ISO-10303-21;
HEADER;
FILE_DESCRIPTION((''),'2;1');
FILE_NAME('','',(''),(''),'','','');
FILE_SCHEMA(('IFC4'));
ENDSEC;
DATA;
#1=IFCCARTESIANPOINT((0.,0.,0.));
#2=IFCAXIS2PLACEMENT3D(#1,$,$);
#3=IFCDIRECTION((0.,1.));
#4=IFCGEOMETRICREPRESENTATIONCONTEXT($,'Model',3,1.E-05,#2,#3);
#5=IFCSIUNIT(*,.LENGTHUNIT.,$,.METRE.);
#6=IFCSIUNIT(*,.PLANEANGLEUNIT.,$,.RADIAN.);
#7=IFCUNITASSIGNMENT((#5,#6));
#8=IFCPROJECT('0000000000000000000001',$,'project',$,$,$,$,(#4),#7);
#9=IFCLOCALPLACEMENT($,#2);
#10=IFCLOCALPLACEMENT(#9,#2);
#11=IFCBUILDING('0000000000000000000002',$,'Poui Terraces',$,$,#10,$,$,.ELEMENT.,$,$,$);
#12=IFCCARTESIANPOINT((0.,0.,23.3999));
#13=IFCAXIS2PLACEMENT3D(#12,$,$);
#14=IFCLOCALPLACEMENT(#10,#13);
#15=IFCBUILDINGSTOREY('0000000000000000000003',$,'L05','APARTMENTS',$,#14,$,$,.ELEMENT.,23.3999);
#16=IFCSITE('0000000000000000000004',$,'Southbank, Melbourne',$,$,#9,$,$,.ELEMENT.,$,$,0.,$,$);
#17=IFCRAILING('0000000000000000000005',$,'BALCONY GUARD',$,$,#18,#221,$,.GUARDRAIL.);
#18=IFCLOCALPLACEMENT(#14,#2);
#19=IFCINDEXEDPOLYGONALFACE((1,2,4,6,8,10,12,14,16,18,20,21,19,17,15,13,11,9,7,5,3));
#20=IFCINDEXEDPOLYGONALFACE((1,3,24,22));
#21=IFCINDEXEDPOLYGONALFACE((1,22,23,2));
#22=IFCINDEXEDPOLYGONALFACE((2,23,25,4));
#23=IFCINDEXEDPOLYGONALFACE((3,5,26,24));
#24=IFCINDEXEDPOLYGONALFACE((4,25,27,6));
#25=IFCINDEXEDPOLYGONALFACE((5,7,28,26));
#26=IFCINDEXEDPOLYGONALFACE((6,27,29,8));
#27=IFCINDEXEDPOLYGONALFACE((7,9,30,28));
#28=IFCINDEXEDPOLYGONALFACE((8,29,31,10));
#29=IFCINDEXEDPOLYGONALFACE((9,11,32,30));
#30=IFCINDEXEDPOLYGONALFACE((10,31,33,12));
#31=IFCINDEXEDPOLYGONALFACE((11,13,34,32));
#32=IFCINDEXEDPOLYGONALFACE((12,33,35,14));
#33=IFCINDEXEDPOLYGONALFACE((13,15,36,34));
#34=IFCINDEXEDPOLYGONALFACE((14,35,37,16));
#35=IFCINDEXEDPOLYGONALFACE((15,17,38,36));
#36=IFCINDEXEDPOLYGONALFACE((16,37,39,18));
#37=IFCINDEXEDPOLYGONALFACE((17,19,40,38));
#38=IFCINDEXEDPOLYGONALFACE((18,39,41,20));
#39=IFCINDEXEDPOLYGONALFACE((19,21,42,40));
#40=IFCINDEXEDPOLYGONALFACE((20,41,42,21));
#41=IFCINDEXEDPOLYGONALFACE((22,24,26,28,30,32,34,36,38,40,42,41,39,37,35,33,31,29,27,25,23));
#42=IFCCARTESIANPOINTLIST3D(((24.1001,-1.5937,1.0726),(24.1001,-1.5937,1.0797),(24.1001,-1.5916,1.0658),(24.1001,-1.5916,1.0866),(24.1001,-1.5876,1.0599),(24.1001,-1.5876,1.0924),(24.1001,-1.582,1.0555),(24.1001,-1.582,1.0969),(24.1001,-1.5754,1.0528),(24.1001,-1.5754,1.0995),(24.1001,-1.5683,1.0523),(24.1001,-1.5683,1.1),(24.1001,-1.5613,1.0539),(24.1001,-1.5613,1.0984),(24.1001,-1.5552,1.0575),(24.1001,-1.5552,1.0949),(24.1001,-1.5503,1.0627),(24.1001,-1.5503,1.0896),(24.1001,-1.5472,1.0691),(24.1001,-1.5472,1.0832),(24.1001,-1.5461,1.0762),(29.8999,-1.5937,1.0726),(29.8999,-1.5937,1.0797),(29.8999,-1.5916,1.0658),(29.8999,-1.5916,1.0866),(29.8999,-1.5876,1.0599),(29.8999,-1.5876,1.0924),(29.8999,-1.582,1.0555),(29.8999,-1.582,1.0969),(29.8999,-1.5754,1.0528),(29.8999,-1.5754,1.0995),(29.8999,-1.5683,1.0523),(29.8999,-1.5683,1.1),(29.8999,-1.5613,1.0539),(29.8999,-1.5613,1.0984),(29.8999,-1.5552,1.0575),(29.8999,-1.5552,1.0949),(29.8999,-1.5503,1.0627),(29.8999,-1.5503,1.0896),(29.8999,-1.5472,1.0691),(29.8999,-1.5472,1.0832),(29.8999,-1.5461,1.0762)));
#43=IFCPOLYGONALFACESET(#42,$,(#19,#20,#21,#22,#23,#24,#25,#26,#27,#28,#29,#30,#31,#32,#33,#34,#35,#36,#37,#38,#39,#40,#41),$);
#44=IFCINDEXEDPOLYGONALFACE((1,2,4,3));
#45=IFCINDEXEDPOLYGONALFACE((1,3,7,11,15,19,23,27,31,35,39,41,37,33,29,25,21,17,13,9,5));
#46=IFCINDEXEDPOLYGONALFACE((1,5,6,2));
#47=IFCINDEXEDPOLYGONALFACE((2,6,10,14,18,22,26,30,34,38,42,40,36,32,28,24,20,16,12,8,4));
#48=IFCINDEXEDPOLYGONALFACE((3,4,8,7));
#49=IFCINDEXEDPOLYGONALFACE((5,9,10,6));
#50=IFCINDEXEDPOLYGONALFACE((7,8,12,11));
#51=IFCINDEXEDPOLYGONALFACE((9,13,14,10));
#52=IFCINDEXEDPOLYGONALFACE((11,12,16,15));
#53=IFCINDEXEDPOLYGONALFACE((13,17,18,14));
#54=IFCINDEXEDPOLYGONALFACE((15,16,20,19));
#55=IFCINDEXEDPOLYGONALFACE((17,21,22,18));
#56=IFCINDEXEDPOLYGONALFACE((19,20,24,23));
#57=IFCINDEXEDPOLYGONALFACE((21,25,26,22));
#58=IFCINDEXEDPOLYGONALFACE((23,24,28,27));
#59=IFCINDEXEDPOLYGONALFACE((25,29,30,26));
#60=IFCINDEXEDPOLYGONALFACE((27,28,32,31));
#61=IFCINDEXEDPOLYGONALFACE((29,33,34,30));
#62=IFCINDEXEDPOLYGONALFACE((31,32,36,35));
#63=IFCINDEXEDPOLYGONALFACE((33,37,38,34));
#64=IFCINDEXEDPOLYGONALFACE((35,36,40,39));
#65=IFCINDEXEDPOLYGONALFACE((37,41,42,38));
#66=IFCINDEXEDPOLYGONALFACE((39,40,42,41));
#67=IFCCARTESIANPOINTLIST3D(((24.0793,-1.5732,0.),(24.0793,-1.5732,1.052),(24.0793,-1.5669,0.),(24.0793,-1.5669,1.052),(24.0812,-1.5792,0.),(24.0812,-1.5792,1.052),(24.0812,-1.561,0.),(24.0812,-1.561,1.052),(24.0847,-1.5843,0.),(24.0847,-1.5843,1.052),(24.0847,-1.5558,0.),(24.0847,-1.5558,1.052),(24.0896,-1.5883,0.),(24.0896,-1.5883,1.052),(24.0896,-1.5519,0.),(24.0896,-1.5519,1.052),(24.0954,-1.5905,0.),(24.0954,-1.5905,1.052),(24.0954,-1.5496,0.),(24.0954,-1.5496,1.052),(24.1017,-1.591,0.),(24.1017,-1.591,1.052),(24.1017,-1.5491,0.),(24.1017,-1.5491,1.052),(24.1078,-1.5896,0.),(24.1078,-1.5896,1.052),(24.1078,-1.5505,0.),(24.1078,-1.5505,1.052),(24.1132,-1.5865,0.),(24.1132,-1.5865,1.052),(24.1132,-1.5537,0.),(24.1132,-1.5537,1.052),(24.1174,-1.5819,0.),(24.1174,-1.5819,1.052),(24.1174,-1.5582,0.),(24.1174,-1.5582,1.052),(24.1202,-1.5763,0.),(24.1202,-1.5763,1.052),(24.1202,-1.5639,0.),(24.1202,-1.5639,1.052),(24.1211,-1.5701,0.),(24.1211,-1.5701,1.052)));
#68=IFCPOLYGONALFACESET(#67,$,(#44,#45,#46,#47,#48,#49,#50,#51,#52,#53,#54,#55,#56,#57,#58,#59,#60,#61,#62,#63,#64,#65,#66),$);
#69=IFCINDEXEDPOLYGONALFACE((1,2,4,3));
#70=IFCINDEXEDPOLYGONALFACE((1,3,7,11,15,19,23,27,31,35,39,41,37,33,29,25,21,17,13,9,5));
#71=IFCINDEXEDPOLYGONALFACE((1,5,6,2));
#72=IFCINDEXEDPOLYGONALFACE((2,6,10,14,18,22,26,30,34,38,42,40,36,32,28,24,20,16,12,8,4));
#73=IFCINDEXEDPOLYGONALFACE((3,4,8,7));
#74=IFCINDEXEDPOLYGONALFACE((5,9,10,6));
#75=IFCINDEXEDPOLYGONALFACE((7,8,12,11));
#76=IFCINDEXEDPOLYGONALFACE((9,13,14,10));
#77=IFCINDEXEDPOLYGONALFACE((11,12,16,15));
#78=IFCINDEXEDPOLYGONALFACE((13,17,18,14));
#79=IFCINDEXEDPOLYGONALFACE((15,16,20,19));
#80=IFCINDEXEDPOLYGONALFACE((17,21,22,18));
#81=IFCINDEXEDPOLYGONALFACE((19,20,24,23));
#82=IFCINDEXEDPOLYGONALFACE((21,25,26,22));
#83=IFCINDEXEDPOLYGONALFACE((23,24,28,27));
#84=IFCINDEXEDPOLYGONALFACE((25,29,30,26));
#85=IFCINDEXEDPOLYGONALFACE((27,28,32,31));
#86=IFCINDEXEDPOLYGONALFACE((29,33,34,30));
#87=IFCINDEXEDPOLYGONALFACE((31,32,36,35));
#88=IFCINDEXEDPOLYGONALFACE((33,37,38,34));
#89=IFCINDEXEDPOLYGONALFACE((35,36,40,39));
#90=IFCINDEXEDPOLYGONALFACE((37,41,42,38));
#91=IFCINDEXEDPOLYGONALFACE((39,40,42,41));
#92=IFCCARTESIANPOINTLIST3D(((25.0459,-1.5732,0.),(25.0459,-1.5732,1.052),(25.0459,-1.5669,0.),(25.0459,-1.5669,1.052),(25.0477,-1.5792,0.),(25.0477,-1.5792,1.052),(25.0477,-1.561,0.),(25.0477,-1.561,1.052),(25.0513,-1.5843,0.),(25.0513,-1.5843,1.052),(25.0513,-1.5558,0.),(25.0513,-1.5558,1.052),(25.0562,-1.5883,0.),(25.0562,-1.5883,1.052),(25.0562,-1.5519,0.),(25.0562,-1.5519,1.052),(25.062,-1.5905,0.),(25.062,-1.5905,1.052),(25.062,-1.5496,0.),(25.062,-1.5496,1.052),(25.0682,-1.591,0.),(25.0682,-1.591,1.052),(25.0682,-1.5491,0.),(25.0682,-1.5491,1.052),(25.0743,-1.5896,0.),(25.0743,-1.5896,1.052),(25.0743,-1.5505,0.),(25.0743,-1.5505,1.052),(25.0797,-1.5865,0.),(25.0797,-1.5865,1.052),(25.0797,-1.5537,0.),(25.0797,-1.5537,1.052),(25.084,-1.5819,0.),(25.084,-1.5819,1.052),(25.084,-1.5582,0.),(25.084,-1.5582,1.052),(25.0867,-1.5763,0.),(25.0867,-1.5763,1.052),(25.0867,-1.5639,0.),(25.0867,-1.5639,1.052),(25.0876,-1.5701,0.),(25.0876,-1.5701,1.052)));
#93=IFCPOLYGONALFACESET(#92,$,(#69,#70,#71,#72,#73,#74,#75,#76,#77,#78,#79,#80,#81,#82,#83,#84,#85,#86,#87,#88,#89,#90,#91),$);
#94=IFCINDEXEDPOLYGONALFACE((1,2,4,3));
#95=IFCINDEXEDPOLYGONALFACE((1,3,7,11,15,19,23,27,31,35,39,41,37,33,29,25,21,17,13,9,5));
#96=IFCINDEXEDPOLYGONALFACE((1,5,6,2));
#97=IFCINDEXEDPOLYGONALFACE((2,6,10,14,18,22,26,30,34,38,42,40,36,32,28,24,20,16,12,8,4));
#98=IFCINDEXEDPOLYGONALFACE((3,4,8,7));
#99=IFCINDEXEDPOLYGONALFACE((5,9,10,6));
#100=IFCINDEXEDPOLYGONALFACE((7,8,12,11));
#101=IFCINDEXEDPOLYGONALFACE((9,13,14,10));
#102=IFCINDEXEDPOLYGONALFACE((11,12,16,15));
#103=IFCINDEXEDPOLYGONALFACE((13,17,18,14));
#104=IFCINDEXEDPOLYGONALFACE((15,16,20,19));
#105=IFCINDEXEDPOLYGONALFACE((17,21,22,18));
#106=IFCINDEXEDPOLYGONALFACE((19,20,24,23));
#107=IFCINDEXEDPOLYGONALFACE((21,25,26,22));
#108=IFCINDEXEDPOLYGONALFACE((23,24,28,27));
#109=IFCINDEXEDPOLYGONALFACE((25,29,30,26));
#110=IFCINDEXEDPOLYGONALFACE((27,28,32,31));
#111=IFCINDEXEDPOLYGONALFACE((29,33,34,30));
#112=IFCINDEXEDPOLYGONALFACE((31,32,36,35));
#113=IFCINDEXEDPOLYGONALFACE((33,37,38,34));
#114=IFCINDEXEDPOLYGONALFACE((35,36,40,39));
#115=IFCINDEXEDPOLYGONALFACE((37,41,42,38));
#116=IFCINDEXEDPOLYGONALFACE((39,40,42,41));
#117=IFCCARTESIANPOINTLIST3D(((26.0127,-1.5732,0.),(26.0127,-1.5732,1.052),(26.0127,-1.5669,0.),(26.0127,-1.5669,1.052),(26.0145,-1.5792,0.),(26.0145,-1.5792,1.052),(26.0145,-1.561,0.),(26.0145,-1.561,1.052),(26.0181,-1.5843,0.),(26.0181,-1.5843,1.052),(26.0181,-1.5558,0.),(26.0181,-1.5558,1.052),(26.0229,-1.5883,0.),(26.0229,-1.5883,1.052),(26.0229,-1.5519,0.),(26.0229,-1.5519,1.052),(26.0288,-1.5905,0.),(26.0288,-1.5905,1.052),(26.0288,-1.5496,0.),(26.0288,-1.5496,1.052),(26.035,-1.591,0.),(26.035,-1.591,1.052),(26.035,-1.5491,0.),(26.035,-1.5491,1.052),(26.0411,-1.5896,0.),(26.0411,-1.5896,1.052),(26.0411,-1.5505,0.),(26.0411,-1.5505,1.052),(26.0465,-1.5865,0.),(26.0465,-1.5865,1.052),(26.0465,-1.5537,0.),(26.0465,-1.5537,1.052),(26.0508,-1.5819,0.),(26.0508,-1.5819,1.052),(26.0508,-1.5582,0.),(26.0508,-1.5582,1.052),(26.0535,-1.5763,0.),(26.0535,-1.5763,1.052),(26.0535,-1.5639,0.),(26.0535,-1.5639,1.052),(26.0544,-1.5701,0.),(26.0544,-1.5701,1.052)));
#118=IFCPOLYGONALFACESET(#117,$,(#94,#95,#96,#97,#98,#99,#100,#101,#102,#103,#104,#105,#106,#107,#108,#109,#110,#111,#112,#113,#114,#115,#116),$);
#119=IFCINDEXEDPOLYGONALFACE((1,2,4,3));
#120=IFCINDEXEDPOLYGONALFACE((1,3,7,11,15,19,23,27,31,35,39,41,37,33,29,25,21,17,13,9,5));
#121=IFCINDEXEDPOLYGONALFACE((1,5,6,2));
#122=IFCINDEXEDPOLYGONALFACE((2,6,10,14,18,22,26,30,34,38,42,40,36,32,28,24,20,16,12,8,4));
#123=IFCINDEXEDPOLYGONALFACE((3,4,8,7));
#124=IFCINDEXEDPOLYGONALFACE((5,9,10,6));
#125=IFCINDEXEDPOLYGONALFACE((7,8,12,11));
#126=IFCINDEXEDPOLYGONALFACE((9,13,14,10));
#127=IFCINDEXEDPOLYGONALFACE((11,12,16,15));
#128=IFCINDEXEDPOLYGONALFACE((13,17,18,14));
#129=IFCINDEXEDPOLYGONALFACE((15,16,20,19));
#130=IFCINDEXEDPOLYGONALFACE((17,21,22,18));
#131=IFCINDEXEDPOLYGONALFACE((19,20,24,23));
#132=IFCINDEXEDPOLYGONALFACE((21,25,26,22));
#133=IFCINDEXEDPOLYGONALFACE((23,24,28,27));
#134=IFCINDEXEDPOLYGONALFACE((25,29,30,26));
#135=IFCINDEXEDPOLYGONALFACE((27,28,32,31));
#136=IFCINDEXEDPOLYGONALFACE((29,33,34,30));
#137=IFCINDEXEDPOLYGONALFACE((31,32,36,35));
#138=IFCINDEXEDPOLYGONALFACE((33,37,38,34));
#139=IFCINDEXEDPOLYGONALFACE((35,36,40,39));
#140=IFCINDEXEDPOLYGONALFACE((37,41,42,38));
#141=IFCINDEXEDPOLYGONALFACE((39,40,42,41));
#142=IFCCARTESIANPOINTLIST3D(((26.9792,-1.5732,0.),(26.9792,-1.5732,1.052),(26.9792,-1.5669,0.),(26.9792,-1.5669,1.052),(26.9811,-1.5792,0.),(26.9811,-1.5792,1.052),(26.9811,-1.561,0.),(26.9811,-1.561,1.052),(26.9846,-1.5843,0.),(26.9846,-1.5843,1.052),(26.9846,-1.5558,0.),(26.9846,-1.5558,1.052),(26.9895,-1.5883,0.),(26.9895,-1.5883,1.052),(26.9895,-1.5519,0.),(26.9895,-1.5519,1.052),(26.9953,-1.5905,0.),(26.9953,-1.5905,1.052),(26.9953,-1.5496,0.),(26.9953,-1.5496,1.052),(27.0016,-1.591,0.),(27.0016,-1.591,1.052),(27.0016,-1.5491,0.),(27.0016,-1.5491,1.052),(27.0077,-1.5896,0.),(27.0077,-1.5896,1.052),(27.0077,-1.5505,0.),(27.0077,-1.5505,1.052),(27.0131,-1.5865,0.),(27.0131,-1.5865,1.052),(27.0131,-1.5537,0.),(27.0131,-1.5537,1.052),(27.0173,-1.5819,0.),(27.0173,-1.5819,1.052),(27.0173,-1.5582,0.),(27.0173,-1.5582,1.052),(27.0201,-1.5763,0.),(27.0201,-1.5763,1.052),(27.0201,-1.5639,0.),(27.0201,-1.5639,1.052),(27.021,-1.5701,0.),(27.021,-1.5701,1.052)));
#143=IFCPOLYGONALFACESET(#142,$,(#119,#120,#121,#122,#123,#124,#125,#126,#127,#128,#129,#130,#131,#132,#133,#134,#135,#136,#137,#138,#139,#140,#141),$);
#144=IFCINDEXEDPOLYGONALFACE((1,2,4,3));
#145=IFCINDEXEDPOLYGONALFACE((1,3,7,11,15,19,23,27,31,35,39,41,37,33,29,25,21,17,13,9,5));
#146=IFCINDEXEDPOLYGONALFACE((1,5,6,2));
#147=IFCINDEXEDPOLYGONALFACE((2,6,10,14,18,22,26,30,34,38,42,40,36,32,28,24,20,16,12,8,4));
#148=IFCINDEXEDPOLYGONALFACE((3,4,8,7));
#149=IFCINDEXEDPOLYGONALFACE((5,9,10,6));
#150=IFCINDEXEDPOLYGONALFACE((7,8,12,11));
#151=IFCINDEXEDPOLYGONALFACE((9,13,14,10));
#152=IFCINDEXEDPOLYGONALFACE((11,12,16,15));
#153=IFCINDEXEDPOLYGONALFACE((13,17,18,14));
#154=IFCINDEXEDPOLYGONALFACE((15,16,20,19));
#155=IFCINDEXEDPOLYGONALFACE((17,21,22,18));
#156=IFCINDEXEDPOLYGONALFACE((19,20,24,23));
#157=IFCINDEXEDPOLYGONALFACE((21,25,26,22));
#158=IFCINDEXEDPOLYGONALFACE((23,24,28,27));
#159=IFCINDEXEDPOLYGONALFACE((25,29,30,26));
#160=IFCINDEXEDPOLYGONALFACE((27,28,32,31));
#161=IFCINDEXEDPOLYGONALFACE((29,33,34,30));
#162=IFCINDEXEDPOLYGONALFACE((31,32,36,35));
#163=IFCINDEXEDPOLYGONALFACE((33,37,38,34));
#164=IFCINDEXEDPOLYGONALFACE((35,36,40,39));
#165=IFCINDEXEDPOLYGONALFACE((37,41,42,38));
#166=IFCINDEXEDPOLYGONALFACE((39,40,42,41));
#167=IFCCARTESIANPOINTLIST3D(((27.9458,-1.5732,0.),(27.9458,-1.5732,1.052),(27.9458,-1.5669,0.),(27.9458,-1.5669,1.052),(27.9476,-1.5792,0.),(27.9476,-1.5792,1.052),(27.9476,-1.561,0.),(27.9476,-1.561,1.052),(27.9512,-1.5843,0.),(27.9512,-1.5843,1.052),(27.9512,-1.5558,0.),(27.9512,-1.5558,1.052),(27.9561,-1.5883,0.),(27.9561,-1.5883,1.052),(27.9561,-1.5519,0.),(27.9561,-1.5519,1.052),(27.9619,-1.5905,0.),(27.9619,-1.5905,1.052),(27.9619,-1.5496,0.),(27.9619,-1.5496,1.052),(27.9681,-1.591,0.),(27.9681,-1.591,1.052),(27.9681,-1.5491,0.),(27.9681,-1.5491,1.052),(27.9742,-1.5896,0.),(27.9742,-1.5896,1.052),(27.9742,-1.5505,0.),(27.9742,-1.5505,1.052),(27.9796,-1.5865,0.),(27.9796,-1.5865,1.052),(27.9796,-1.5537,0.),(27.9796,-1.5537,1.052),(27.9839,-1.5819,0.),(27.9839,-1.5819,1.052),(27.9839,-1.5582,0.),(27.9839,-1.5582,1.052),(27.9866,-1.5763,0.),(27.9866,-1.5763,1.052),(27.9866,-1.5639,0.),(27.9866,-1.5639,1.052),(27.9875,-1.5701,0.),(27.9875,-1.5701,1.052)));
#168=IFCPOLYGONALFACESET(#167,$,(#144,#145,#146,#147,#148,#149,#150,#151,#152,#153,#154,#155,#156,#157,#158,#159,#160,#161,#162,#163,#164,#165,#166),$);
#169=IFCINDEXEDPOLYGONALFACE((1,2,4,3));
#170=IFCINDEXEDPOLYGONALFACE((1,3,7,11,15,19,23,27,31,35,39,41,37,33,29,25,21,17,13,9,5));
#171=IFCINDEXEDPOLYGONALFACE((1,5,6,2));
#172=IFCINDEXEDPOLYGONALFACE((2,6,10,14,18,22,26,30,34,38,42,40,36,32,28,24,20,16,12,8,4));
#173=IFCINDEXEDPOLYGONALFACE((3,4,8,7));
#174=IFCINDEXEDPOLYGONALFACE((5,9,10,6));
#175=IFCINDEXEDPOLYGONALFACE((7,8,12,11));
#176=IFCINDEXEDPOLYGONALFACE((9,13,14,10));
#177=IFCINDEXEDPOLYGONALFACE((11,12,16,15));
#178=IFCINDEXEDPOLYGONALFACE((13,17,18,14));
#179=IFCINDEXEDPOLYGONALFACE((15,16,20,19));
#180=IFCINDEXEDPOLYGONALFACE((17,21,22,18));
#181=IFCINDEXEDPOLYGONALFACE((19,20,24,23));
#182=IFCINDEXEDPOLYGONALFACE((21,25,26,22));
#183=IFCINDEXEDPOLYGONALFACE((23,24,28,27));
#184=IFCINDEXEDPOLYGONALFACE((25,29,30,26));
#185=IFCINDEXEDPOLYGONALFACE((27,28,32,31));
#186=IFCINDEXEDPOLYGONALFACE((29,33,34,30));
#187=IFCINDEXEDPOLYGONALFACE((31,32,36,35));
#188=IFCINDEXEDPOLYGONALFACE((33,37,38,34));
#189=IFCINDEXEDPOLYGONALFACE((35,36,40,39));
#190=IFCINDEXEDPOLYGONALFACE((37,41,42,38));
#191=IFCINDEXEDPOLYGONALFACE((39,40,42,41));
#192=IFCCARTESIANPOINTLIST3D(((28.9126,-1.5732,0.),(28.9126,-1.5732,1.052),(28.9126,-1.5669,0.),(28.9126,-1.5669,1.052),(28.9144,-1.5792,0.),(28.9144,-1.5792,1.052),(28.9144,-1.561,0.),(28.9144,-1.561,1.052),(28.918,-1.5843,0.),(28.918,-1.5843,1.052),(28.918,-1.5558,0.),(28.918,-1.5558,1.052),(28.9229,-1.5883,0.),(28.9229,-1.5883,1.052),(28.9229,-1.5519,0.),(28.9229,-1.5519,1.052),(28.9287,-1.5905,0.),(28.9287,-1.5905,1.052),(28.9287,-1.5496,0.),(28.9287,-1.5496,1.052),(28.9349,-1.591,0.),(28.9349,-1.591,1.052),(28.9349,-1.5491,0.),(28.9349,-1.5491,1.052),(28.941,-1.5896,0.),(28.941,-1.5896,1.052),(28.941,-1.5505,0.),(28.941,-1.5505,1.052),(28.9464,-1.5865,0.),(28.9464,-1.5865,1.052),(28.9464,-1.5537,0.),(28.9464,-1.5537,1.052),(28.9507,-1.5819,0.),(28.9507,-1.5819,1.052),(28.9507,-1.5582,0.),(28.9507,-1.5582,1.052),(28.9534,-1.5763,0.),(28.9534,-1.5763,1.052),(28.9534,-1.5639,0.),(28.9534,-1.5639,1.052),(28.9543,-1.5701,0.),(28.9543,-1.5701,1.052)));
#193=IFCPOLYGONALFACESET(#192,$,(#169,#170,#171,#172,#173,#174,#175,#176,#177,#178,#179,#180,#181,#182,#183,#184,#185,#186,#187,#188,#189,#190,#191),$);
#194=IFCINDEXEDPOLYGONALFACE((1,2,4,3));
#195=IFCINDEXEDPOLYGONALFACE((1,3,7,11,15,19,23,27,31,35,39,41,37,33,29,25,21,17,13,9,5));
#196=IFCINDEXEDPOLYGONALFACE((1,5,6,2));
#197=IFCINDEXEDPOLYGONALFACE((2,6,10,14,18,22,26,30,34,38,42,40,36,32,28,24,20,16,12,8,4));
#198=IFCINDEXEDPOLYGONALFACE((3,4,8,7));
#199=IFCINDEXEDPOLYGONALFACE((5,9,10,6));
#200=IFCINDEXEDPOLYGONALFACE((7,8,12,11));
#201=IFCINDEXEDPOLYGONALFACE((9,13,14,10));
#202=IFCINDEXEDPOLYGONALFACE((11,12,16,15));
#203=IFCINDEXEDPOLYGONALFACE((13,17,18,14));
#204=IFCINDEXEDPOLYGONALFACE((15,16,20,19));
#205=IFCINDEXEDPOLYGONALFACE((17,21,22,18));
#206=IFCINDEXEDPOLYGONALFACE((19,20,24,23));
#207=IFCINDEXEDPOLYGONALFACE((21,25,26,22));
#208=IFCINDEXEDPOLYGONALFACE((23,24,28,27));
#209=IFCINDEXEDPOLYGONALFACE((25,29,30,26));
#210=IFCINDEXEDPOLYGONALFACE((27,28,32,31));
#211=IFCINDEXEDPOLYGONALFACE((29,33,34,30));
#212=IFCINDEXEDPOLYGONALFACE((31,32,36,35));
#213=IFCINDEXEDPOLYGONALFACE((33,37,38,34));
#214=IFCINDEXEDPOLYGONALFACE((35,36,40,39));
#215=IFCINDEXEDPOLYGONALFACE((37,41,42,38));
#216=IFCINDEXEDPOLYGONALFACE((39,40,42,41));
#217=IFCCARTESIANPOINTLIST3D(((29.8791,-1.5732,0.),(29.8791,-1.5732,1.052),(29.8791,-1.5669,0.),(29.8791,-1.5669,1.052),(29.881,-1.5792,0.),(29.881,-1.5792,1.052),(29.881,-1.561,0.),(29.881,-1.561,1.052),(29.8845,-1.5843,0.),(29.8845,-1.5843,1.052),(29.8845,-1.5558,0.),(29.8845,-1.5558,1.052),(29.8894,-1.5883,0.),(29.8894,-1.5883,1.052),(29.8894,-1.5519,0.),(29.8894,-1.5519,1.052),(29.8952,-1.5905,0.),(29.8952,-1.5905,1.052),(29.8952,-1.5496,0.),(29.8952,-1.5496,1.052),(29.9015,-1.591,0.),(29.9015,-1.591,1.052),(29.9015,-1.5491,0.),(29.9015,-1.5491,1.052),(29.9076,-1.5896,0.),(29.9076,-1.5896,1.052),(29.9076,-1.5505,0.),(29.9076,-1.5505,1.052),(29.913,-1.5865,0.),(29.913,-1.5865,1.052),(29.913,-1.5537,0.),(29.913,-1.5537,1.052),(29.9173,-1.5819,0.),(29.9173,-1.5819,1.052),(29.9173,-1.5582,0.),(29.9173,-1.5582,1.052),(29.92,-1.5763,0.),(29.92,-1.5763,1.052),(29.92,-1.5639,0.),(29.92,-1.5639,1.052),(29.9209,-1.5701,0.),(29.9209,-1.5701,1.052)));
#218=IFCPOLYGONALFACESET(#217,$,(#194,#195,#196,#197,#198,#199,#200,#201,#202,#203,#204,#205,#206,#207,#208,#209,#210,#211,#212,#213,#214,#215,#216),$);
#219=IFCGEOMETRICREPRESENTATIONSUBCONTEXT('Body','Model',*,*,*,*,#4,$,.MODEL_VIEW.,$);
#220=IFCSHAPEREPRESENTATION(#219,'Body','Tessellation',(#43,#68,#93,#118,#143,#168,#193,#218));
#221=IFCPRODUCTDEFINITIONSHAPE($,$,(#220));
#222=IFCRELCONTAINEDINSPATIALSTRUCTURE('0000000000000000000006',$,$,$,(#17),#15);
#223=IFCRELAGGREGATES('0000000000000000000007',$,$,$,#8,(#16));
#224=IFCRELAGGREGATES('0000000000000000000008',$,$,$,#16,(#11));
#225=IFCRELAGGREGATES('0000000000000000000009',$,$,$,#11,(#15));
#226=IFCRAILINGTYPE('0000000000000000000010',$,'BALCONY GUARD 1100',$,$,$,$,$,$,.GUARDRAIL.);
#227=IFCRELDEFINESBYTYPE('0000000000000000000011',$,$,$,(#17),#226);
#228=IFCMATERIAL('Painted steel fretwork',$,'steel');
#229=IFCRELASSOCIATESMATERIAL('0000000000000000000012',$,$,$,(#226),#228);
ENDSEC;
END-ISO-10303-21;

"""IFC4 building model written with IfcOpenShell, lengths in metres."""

from ifc_helpers import new_model, si_unit, direction, frame, origin, origin_2d, place, context, subcontext, project, spatial, circle, extrude, material, type_object, element, save


model = new_model("IFC4")

# Units and contexts
model_context = context("Model", 3, precision=1e-05, world=origin(), true_north=direction((0.0, 1.0)))
body_context = subcontext(model_context, "Body", "Model", "MODEL_VIEW")
ifc_project = project(units=[si_unit("LENGTHUNIT", "METRE"), si_unit("PLANEANGLEUNIT", "RADIAN")], contexts=[model_context])

# Site, building, storey
site_placement = place(None, origin())
site = spatial("IfcSite", under=ifc_project, at=site_placement, Name="Southbank, Melbourne", CompositionType="ELEMENT", RefElevation=0.0)
building_placement = place(site_placement, origin())
building = spatial("IfcBuilding", under=site, at=building_placement, Name="Poui Terraces", CompositionType="ELEMENT")
storey_placement = place(building_placement, frame((0.0, 0.0, 23.3999)))
storey = spatial("IfcBuildingStorey", under=building, at=storey_placement, Name="L05", Description="APARTMENTS", CompositionType="ELEMENT", Elevation=23.3999)

# Railing
ifc_material_1 = material(Name="Painted steel fretwork", Category="steel")
railing_type = type_object("IfcRailingType", Name="BALCONY GUARD 1100", PredefinedType="GUARDRAIL", material=ifc_material_1)
railing_placement = place(storey_placement, frame((24.1001, -1.5701, 0.0)))
element("IfcRailing", 1, at=railing_placement, inside=storey, type_object=railing_type, Name="BALCONY GUARD", PredefinedType="GUARDRAIL", context=body_context, shape_type="SweptSolid", body=[
    extrude(circle(Radius=0.0239, at=origin_2d()), frame((0.0, 0.0, 1.0762), z_axis=(1.0, 0.0, 0.0), x_axis=(0.0, 1.0, 0.0)), (0.0, 0.0, 1.0), 5.7998),
    extrude(circle(Radius=0.021, at=origin_2d()), origin(), (0.0, 0.0, 1.0), 1.052),
    extrude(circle(Radius=0.021, at=origin_2d()), frame((0.9666, 0.0, 0.0)), (0.0, 0.0, 1.0), 1.052),
    extrude(circle(Radius=0.021, at=origin_2d()), frame((1.9333, 0.0, 0.0)), (0.0, 0.0, 1.0), 1.052),
    extrude(circle(Radius=0.021, at=origin_2d()), frame((2.8999, 0.0, 0.0)), (0.0, 0.0, 1.0), 1.052),
    extrude(circle(Radius=0.021, at=origin_2d()), frame((3.8665, 0.0, 0.0)), (0.0, 0.0, 1.0), 1.052),
    extrude(circle(Radius=0.021, at=origin_2d()), frame((4.8333, 0.0, 0.0)), (0.0, 0.0, 1.0), 1.052),
    extrude(circle(Radius=0.021, at=origin_2d()), frame((5.7998, 0.0, 0.0)), (0.0, 0.0, 1.0), 1.052),
])

save(model, "model.ifc")
